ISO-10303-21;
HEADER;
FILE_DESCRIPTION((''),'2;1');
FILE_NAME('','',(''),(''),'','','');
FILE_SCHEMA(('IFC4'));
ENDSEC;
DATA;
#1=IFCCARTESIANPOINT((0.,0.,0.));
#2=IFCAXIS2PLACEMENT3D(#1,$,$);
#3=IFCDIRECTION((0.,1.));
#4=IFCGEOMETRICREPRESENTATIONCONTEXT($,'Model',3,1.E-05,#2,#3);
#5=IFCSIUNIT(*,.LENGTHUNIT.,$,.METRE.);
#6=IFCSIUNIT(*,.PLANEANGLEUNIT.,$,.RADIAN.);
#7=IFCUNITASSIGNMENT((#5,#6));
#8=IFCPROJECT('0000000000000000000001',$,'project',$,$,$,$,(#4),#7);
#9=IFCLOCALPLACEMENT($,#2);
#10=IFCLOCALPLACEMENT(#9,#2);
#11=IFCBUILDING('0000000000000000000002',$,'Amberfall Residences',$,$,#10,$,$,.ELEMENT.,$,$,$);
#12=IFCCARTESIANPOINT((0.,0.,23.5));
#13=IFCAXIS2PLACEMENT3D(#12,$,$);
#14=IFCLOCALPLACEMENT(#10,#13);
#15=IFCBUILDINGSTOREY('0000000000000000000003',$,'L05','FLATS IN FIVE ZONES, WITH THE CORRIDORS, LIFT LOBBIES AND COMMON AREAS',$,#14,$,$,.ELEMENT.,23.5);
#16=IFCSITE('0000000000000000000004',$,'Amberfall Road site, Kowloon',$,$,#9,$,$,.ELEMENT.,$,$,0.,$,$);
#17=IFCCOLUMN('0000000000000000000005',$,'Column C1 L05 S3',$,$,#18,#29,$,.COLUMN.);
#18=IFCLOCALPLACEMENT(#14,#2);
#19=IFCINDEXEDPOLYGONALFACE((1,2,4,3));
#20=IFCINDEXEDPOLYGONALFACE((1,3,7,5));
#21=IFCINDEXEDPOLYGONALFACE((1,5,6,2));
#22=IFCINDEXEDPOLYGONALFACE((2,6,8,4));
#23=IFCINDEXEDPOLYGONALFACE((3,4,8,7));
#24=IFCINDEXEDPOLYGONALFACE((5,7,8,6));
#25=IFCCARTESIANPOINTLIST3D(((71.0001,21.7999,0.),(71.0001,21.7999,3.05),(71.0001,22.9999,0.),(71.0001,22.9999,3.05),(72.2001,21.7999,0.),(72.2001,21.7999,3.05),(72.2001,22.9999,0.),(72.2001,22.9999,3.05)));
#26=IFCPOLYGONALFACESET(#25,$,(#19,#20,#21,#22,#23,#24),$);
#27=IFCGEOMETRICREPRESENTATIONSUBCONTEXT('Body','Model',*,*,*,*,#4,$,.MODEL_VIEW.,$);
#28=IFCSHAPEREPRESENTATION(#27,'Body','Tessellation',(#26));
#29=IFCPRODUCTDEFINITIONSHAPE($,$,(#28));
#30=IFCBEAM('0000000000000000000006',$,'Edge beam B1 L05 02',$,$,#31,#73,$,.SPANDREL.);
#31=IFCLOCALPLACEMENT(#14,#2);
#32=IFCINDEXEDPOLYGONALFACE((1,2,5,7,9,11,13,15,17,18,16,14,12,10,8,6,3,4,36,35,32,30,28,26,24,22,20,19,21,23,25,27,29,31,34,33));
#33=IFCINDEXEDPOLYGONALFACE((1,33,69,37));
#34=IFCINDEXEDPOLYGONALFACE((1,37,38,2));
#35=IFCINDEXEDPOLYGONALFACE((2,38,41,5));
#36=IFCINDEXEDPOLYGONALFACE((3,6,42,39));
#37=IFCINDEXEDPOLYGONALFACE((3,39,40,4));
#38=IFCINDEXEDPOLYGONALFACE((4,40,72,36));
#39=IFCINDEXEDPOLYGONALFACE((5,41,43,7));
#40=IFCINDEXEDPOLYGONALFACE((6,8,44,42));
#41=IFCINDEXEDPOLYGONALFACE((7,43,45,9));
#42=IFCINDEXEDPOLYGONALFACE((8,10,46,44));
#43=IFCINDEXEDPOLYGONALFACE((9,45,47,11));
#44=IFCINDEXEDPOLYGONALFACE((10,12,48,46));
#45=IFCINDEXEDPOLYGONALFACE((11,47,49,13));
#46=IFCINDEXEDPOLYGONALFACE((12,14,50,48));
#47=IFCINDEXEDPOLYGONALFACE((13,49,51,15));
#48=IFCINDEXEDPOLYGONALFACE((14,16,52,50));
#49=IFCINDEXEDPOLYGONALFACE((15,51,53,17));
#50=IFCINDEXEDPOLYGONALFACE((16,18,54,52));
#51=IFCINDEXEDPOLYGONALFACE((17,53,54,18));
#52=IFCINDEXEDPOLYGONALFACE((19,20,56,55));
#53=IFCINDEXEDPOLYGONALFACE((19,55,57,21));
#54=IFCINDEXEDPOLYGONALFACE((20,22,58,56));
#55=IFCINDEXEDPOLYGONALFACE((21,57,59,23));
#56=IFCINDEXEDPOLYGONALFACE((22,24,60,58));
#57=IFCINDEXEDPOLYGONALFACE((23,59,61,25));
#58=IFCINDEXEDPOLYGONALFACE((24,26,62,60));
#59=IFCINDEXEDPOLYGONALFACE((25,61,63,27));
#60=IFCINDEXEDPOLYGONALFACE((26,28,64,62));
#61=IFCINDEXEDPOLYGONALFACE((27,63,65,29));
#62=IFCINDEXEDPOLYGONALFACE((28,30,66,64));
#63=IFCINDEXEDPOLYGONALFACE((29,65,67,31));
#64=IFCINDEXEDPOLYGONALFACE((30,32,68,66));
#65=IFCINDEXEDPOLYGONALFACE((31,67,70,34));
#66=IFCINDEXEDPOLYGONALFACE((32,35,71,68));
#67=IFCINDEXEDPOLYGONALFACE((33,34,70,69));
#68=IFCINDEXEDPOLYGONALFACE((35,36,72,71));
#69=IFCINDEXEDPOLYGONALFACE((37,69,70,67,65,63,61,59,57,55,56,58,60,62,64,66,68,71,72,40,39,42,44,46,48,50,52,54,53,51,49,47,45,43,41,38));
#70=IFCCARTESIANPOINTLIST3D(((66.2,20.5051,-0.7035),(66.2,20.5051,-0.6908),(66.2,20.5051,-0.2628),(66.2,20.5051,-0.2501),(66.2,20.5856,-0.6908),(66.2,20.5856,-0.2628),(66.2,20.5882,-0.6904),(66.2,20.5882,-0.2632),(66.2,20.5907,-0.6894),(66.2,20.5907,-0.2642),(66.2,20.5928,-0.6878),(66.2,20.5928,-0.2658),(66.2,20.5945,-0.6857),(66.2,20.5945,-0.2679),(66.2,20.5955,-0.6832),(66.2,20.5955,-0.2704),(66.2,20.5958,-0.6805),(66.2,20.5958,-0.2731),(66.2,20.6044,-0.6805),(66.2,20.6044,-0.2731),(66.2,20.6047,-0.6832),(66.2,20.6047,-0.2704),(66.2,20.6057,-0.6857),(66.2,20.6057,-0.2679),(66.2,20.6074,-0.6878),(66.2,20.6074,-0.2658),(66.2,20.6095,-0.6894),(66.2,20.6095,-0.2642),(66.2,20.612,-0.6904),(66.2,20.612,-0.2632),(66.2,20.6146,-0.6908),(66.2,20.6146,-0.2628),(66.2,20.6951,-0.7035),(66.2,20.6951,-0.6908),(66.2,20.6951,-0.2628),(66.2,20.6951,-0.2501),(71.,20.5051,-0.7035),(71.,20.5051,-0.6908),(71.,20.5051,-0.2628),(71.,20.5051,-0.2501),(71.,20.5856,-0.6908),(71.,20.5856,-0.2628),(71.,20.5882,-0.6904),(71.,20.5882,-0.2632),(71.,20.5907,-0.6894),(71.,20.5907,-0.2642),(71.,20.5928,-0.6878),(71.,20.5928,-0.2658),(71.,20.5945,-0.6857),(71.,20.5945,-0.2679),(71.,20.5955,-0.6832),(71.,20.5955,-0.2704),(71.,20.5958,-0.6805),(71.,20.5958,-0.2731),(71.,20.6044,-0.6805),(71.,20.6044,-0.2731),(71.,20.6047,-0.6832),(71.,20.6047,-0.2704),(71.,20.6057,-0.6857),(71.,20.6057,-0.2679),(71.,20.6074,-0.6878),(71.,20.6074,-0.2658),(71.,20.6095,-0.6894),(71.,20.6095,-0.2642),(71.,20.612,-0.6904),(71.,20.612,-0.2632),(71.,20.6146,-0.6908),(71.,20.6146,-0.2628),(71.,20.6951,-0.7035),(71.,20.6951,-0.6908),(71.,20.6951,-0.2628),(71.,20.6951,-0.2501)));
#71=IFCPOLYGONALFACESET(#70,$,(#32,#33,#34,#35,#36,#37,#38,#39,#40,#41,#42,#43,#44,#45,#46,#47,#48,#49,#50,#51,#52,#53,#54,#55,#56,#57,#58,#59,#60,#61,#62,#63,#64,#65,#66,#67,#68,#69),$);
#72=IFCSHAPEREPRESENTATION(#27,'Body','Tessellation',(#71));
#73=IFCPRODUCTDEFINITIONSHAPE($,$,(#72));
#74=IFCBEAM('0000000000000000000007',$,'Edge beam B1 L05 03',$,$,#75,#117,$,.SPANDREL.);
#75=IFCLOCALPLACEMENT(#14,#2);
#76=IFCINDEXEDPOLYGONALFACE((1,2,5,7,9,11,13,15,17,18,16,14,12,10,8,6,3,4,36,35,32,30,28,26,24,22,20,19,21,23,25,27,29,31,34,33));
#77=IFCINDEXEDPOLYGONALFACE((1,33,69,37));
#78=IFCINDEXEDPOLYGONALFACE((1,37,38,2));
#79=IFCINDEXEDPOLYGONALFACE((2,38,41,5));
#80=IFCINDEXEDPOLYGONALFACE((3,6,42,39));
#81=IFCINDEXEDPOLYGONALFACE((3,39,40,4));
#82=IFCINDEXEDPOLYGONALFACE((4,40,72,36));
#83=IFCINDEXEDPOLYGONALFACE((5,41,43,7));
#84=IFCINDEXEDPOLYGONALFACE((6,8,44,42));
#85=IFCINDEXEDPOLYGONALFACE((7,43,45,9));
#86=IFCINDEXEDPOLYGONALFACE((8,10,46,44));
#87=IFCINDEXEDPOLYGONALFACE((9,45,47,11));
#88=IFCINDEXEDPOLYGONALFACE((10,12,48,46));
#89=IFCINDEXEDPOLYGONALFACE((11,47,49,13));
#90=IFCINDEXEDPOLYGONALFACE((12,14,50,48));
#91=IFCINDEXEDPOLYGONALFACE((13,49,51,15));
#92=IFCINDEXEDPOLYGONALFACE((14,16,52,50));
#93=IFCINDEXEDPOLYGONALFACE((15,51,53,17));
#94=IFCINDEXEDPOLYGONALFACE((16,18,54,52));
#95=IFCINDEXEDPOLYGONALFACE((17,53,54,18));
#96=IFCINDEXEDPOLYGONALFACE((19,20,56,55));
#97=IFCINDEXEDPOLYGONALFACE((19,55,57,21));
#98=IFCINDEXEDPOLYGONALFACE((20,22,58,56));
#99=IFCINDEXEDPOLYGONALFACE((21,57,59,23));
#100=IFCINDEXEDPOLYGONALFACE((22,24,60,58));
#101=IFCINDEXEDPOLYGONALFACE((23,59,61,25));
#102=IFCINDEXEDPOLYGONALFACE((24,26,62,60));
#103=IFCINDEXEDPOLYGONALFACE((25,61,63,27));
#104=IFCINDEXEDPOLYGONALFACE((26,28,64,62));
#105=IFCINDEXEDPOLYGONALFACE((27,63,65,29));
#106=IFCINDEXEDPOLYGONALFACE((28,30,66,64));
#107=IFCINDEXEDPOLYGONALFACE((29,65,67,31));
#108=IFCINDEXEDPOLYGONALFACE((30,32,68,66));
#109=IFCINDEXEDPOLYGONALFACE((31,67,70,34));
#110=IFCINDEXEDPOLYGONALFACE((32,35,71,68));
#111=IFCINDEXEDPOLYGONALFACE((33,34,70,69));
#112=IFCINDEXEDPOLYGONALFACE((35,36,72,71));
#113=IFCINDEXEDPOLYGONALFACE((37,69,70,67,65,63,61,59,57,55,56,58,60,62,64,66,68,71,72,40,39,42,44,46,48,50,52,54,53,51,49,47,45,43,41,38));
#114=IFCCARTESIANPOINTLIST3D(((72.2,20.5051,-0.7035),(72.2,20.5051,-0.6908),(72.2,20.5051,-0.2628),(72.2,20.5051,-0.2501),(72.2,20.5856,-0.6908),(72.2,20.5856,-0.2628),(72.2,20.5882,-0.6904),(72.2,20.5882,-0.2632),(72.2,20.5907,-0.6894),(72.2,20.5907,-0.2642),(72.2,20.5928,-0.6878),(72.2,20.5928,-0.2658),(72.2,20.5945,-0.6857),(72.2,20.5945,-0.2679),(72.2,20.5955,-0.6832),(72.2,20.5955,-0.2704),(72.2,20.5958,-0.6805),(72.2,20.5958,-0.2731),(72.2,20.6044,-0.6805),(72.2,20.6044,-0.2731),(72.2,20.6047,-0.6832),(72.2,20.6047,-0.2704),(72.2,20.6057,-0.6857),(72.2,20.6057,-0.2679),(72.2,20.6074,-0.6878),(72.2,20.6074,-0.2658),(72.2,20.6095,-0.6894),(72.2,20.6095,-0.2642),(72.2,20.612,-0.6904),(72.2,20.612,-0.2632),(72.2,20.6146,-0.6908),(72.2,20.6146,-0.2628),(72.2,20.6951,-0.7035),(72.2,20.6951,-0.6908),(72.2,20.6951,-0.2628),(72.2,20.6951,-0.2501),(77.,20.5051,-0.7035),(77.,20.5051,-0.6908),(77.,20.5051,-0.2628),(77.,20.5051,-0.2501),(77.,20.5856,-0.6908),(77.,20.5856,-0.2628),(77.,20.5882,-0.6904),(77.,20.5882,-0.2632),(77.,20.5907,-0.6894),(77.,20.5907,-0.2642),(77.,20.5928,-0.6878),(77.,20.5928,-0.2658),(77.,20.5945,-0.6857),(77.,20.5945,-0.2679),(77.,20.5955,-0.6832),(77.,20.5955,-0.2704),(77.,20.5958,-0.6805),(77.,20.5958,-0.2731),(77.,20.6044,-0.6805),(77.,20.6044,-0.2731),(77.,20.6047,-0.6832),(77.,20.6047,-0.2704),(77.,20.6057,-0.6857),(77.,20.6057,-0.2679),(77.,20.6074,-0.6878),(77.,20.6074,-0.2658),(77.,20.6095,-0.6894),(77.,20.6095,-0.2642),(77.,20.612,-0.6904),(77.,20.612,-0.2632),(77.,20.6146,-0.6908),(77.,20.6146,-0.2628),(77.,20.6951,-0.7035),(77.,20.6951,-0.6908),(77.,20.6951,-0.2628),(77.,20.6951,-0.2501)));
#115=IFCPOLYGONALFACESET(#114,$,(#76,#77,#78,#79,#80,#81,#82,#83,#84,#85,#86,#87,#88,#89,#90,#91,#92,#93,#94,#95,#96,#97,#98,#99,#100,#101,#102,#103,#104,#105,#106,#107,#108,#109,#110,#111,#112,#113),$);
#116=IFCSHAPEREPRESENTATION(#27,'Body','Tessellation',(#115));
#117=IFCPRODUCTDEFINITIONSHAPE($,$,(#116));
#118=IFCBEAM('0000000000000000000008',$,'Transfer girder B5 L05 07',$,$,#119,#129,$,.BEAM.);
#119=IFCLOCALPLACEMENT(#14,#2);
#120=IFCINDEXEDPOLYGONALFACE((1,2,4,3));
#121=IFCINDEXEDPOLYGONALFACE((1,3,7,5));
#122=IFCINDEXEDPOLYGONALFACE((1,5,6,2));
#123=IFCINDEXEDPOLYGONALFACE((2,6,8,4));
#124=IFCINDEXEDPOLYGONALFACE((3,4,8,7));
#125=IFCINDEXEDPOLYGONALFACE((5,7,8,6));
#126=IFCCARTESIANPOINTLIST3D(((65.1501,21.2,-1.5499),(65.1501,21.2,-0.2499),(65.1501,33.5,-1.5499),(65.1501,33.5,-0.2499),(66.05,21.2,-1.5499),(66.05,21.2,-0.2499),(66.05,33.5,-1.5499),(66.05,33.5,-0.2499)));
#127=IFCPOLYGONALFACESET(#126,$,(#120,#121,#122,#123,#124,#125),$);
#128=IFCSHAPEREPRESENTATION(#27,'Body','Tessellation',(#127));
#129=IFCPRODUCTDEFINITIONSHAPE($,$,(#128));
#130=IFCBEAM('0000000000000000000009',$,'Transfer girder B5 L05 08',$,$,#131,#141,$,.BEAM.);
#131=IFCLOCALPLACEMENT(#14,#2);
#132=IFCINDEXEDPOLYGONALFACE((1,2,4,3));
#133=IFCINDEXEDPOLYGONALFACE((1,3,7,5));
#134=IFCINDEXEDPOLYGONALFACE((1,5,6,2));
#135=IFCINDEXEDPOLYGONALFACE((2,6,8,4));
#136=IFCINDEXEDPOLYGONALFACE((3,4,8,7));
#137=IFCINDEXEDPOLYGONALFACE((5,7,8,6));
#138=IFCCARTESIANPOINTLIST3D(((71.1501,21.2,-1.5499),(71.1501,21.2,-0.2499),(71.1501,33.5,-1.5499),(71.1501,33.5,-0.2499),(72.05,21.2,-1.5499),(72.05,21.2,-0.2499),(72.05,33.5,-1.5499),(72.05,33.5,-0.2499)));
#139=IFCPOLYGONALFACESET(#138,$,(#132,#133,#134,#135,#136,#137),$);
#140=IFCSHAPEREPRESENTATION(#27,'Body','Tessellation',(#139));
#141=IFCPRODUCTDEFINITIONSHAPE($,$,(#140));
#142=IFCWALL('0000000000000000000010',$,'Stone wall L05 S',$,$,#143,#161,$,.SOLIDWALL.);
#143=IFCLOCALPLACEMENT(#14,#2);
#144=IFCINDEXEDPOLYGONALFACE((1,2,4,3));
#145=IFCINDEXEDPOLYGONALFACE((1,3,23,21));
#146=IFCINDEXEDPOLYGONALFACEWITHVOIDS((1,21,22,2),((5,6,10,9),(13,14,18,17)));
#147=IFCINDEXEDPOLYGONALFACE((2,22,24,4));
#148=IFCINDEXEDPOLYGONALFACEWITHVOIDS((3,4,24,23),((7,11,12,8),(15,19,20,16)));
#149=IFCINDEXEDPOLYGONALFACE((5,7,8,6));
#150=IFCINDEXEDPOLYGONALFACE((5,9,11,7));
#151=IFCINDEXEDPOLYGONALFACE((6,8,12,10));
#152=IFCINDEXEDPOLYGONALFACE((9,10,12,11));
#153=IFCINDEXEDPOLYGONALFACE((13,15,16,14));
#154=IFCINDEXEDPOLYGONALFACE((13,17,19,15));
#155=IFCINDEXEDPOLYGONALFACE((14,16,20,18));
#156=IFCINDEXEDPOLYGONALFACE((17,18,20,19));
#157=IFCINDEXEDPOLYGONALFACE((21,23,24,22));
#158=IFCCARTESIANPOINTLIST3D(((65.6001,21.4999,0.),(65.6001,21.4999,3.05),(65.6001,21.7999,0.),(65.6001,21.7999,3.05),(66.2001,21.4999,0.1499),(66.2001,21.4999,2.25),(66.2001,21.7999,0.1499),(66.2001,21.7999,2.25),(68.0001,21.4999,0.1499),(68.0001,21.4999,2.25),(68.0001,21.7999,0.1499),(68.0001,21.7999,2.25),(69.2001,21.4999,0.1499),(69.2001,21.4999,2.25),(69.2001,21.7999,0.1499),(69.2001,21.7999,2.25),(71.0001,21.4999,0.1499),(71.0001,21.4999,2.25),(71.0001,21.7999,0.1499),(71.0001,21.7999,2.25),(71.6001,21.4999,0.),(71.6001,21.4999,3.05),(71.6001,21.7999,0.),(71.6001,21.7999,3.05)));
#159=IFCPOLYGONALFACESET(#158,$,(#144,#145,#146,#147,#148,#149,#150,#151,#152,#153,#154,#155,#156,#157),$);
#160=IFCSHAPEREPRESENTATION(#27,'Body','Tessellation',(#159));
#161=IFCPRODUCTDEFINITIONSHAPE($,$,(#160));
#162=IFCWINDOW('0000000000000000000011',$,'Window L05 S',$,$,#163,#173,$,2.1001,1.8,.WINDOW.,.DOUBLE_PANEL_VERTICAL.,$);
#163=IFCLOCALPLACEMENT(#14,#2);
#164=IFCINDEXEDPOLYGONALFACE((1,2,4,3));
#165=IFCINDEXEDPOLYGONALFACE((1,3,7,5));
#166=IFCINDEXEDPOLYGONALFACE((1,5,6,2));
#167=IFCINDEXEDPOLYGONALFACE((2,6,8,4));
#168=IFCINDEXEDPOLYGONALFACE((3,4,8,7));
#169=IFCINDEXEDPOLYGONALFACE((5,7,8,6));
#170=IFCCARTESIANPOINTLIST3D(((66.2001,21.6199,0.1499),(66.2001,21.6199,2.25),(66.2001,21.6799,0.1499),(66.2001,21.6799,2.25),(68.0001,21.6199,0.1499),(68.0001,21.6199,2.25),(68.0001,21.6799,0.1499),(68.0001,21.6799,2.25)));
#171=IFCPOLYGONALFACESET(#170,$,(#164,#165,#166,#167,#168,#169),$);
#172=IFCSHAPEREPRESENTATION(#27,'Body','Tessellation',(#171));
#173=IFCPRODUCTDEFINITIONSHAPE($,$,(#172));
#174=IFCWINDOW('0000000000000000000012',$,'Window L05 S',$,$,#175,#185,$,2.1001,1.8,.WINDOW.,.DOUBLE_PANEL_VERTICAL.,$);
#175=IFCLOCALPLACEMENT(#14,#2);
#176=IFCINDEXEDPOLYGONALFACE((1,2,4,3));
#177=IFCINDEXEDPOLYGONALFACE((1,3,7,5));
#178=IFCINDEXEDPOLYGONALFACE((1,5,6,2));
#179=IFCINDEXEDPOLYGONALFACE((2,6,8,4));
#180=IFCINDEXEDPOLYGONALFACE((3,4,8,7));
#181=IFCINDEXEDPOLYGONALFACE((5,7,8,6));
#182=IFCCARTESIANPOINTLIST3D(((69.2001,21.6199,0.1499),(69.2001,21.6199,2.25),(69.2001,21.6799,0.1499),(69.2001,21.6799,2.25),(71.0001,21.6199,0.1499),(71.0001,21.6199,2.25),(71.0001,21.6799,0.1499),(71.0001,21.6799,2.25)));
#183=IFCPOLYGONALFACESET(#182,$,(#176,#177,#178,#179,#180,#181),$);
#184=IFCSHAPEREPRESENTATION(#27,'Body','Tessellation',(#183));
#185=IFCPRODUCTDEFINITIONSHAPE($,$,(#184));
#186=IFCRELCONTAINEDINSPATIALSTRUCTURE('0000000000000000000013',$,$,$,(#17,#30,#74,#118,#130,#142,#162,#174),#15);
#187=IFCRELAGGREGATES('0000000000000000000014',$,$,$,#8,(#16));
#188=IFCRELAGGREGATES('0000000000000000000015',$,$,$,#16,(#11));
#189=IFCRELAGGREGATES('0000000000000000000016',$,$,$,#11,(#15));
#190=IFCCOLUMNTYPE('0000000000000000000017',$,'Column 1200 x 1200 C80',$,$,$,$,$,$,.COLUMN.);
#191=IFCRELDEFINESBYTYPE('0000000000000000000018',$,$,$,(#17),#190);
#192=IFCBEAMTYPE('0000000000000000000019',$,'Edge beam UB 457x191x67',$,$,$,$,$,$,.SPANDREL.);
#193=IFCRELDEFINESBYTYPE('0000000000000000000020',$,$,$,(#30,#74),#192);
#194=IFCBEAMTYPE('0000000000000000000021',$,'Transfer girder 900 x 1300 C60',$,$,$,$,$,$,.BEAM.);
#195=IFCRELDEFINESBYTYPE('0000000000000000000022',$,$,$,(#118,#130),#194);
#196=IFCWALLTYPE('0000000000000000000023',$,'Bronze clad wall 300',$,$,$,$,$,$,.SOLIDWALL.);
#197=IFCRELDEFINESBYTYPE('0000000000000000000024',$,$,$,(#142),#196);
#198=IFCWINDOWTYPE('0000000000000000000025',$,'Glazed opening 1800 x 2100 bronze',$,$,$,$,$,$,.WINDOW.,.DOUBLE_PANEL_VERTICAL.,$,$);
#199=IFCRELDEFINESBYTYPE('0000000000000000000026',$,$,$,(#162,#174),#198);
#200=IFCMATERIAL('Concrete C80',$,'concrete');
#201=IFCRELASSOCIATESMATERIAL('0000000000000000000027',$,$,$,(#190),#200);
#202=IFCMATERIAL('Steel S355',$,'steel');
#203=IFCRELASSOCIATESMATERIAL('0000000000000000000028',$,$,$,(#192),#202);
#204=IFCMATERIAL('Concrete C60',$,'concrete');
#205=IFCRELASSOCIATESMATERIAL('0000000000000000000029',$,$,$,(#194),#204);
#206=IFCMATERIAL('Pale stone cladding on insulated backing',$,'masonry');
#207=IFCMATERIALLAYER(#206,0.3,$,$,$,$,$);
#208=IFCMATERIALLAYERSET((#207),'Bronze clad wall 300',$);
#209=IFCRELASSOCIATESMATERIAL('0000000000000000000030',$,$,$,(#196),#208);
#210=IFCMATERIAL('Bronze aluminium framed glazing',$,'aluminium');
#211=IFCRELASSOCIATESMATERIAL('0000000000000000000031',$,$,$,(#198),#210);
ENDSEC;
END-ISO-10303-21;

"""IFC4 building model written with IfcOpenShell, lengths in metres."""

from ifc_helpers import new_model, si_unit, direction, frame, frame_2d, origin, origin_2d, place, context, subcontext, project, spatial, rectangle, i_section, extrude, material, layer, layer_set, material_profile, profile_set, type_object, element, fill, save


model = new_model("IFC4")

# Units and contexts
model_context = context("Model", 3, precision=1e-05, world=origin(), true_north=direction((0.0, 1.0)))
body_context = subcontext(model_context, "Body", "Model", "MODEL_VIEW")
ifc_project = project(units=[si_unit("LENGTHUNIT", "METRE"), si_unit("PLANEANGLEUNIT", "RADIAN")], contexts=[model_context])

# Site, building, storey
site_placement = place(None, origin())
site = spatial("IfcSite", under=ifc_project, at=site_placement, Name="Amberfall Road site, Kowloon", CompositionType="ELEMENT", RefElevation=0.0)
building_placement = place(site_placement, origin())
building = spatial("IfcBuilding", under=site, at=building_placement, Name="Amberfall Residences", CompositionType="ELEMENT")
storey_placement = place(building_placement, frame((0.0, 0.0, 23.5)))
storey = spatial("IfcBuildingStorey", under=building, at=storey_placement, Name="L05", Description="FLATS IN FIVE ZONES, WITH THE CORRIDORS, LIFT LOBBIES AND COMMON AREAS", CompositionType="ELEMENT", Elevation=23.5)

# Column
ifc_material_1 = material(Name="Concrete C80", Category="concrete")
ifc_material_profile_1 = material_profile(ifc_material_1, rectangle(XDim=1.2, YDim=1.2, at=origin_2d()), Name="Column 1200 x 1200 C80")
ifc_profile_set_1 = profile_set([ifc_material_profile_1], Name="Concrete C80")
column_type = type_object("IfcColumnType", Name="Column 1200 x 1200 C80", PredefinedType="COLUMN", material=ifc_profile_set_1)
column_placement = place(storey_placement, frame((71.6001, 22.3999, 0.0), z_axis=(0.0, 0.0, 1.0), x_axis=(1.0, 0.0, 0.0)))
element("IfcColumn", 1, at=column_placement, inside=storey, type_object=column_type, Name="Column C1 L05 S3", PredefinedType="COLUMN", context=body_context, shape_type="SweptSolid", body=[
    extrude(rectangle(XDim=1.2, YDim=1.2, at=origin_2d()), origin(), (0.0, 0.0, 1.0), 3.05),
])

# Beams
ifc_material_2 = material(Name="Steel S355", Category="steel")
ifc_material_profile_2 = material_profile(ifc_material_2, i_section(OverallWidth=0.1899, OverallDepth=0.4534, WebThickness=0.0085, FlangeThickness=0.0127, FilletRadius=0.0103, at=origin_2d()), Name="UB 457x191x67")
ifc_profile_set_2 = profile_set([ifc_material_profile_2], Name="Steel S355")
beam_type_1 = type_object("IfcBeamType", Name="Edge beam UB 457x191x67", PredefinedType="SPANDREL", material=ifc_profile_set_2)
for number, where, z_axis, x_axis, name in (
    (2, (66.2, 20.6001, -0.4768), (1.0, 0.0, 0.0), (0.0, 1.0, 0.0), "Edge beam B1 L05 02"),
    (3, (72.2, 20.6001, -0.4768), (1.0, 0.0, 0.0), (0.0, 1.0, 0.0), "Edge beam B1 L05 03"),
):
    element("IfcBeam", number, at=place(storey_placement, frame(where, z_axis=z_axis, x_axis=x_axis)), inside=storey, type_object=beam_type_1, Name=name, PredefinedType="SPANDREL", context=body_context, shape_type="SweptSolid", body=[
        extrude(i_section(OverallWidth=0.1899, OverallDepth=0.4534, WebThickness=0.0085, FlangeThickness=0.0127, FilletRadius=0.0103, at=origin_2d()), origin(), (0.0, 0.0, 1.0), 4.8),
    ])
ifc_material_3 = material(Name="Concrete C60", Category="concrete")
ifc_material_profile_3 = material_profile(ifc_material_3, rectangle(XDim=0.8999, YDim=1.3, at=origin_2d()), Name="Transfer girder 900 x 1300 C60")
ifc_profile_set_3 = profile_set([ifc_material_profile_3], Name="Concrete C60")
beam_type_2 = type_object("IfcBeamType", Name="Transfer girder 900 x 1300 C60", PredefinedType="BEAM", material=ifc_profile_set_3)
for number, where, z_axis, x_axis, name in (
    (4, (65.6001, 21.2, -0.8999), (0.0, 1.0, 0.0), (-1.0, 0.0, 0.0), "Transfer girder B5 L05 07"),
    (5, (71.6001, 21.2, -0.8999), (0.0, 1.0, 0.0), (-1.0, 0.0, 0.0), "Transfer girder B5 L05 08"),
):
    element("IfcBeam", number, at=place(storey_placement, frame(where, z_axis=z_axis, x_axis=x_axis)), inside=storey, type_object=beam_type_2, Name=name, PredefinedType="BEAM", context=body_context, shape_type="SweptSolid", body=[
        extrude(rectangle(XDim=0.8999, YDim=1.3, at=origin_2d()), origin(), (0.0, 0.0, 1.0), 12.3),
    ])

# Wall, openings, windows
ifc_material_4 = material(Name="Pale stone cladding on insulated backing", Category="masonry")
ifc_layer_1 = layer(ifc_material_4, 0.3)
ifc_layer_set_1 = layer_set([ifc_layer_1], Name="Bronze clad wall 300")
wall_type_1 = type_object("IfcWallType", Name="Bronze clad wall 300", PredefinedType="SOLIDWALL", material=ifc_layer_set_1)
wall_1_placement = place(storey_placement, frame((65.6001, 21.6499, 0.0), z_axis=(0.0, 0.0, 1.0), x_axis=(1.0, 0.0, 0.0)))
wall_1 = element("IfcWall", 6, at=wall_1_placement, inside=storey, type_object=wall_type_1, Name="Stone wall L05 S", PredefinedType="SOLIDWALL", context=body_context, shape_type="SweptSolid", body=[
    extrude(rectangle(XDim=6.0, YDim=0.3, at=frame_2d((3.0, 0.0))), origin(), (0.0, 0.0, 1.0), 3.05),
])
opening_1_placement = place(wall_1_placement, frame((0.6001, 0.0, 0.1499)))
opening_1 = element("IfcOpeningElement", 7, at=opening_1_placement, cuts=wall_1, PredefinedType="OPENING", context=body_context, shape_type="SweptSolid", body=[
    extrude(rectangle(XDim=1.8, YDim=2.1001, at=frame_2d((0.8999, 1.05))), frame((0.0, 0.1599, 0.0), z_axis=(0.0, -1.0, 0.0), x_axis=(1.0, 0.0, 0.0)), (0.0, 0.0, 1.0), 0.3201),
])
opening_2_placement = place(wall_1_placement, frame((3.6001, 0.0, 0.1499)))
opening_2 = element("IfcOpeningElement", 8, at=opening_2_placement, cuts=wall_1, PredefinedType="OPENING", context=body_context, shape_type="SweptSolid", body=[
    extrude(rectangle(XDim=1.8, YDim=2.1001, at=frame_2d((0.8999, 1.05))), frame((0.0, 0.1599, 0.0), z_axis=(0.0, -1.0, 0.0), x_axis=(1.0, 0.0, 0.0)), (0.0, 0.0, 1.0), 0.3201),
])
ifc_material_5 = material(Name="Bronze aluminium framed glazing", Category="aluminium")
window_type = type_object("IfcWindowType", Name="Glazed opening 1800 x 2100 bronze", PartitioningType="DOUBLE_PANEL_VERTICAL", PredefinedType="WINDOW", material=ifc_material_5)
window_1_placement = place(opening_1_placement, origin())
window_1 = element("IfcWindow", 9, at=window_1_placement, inside=storey, type_object=window_type, Name="Window L05 S", OverallHeight=2.1001, OverallWidth=1.8, PartitioningType="DOUBLE_PANEL_VERTICAL", PredefinedType="WINDOW", context=body_context, shape_type="SweptSolid", body=[
    extrude(rectangle(XDim=1.8, YDim=2.1001, at=frame_2d((0.8999, 1.05))), frame((0.0, 0.03, 0.0), z_axis=(0.0, -1.0, 0.0), x_axis=(1.0, 0.0, 0.0)), (0.0, 0.0, 1.0), 0.0601),
])
fill(opening_1, window_1)
window_2_placement = place(opening_2_placement, origin())
window_2 = element("IfcWindow", 10, at=window_2_placement, inside=storey, type_object=window_type, Name="Window L05 S", OverallHeight=2.1001, OverallWidth=1.8, PartitioningType="DOUBLE_PANEL_VERTICAL", PredefinedType="WINDOW", context=body_context, shape_type="SweptSolid", body=[
    extrude(rectangle(XDim=1.8, YDim=2.1001, at=frame_2d((0.8999, 1.05))), frame((0.0, 0.03, 0.0), z_axis=(0.0, -1.0, 0.0), x_axis=(1.0, 0.0, 0.0)), (0.0, 0.0, 1.0), 0.0601),
])
fill(opening_2, window_2)

save(model, "model.ifc")
